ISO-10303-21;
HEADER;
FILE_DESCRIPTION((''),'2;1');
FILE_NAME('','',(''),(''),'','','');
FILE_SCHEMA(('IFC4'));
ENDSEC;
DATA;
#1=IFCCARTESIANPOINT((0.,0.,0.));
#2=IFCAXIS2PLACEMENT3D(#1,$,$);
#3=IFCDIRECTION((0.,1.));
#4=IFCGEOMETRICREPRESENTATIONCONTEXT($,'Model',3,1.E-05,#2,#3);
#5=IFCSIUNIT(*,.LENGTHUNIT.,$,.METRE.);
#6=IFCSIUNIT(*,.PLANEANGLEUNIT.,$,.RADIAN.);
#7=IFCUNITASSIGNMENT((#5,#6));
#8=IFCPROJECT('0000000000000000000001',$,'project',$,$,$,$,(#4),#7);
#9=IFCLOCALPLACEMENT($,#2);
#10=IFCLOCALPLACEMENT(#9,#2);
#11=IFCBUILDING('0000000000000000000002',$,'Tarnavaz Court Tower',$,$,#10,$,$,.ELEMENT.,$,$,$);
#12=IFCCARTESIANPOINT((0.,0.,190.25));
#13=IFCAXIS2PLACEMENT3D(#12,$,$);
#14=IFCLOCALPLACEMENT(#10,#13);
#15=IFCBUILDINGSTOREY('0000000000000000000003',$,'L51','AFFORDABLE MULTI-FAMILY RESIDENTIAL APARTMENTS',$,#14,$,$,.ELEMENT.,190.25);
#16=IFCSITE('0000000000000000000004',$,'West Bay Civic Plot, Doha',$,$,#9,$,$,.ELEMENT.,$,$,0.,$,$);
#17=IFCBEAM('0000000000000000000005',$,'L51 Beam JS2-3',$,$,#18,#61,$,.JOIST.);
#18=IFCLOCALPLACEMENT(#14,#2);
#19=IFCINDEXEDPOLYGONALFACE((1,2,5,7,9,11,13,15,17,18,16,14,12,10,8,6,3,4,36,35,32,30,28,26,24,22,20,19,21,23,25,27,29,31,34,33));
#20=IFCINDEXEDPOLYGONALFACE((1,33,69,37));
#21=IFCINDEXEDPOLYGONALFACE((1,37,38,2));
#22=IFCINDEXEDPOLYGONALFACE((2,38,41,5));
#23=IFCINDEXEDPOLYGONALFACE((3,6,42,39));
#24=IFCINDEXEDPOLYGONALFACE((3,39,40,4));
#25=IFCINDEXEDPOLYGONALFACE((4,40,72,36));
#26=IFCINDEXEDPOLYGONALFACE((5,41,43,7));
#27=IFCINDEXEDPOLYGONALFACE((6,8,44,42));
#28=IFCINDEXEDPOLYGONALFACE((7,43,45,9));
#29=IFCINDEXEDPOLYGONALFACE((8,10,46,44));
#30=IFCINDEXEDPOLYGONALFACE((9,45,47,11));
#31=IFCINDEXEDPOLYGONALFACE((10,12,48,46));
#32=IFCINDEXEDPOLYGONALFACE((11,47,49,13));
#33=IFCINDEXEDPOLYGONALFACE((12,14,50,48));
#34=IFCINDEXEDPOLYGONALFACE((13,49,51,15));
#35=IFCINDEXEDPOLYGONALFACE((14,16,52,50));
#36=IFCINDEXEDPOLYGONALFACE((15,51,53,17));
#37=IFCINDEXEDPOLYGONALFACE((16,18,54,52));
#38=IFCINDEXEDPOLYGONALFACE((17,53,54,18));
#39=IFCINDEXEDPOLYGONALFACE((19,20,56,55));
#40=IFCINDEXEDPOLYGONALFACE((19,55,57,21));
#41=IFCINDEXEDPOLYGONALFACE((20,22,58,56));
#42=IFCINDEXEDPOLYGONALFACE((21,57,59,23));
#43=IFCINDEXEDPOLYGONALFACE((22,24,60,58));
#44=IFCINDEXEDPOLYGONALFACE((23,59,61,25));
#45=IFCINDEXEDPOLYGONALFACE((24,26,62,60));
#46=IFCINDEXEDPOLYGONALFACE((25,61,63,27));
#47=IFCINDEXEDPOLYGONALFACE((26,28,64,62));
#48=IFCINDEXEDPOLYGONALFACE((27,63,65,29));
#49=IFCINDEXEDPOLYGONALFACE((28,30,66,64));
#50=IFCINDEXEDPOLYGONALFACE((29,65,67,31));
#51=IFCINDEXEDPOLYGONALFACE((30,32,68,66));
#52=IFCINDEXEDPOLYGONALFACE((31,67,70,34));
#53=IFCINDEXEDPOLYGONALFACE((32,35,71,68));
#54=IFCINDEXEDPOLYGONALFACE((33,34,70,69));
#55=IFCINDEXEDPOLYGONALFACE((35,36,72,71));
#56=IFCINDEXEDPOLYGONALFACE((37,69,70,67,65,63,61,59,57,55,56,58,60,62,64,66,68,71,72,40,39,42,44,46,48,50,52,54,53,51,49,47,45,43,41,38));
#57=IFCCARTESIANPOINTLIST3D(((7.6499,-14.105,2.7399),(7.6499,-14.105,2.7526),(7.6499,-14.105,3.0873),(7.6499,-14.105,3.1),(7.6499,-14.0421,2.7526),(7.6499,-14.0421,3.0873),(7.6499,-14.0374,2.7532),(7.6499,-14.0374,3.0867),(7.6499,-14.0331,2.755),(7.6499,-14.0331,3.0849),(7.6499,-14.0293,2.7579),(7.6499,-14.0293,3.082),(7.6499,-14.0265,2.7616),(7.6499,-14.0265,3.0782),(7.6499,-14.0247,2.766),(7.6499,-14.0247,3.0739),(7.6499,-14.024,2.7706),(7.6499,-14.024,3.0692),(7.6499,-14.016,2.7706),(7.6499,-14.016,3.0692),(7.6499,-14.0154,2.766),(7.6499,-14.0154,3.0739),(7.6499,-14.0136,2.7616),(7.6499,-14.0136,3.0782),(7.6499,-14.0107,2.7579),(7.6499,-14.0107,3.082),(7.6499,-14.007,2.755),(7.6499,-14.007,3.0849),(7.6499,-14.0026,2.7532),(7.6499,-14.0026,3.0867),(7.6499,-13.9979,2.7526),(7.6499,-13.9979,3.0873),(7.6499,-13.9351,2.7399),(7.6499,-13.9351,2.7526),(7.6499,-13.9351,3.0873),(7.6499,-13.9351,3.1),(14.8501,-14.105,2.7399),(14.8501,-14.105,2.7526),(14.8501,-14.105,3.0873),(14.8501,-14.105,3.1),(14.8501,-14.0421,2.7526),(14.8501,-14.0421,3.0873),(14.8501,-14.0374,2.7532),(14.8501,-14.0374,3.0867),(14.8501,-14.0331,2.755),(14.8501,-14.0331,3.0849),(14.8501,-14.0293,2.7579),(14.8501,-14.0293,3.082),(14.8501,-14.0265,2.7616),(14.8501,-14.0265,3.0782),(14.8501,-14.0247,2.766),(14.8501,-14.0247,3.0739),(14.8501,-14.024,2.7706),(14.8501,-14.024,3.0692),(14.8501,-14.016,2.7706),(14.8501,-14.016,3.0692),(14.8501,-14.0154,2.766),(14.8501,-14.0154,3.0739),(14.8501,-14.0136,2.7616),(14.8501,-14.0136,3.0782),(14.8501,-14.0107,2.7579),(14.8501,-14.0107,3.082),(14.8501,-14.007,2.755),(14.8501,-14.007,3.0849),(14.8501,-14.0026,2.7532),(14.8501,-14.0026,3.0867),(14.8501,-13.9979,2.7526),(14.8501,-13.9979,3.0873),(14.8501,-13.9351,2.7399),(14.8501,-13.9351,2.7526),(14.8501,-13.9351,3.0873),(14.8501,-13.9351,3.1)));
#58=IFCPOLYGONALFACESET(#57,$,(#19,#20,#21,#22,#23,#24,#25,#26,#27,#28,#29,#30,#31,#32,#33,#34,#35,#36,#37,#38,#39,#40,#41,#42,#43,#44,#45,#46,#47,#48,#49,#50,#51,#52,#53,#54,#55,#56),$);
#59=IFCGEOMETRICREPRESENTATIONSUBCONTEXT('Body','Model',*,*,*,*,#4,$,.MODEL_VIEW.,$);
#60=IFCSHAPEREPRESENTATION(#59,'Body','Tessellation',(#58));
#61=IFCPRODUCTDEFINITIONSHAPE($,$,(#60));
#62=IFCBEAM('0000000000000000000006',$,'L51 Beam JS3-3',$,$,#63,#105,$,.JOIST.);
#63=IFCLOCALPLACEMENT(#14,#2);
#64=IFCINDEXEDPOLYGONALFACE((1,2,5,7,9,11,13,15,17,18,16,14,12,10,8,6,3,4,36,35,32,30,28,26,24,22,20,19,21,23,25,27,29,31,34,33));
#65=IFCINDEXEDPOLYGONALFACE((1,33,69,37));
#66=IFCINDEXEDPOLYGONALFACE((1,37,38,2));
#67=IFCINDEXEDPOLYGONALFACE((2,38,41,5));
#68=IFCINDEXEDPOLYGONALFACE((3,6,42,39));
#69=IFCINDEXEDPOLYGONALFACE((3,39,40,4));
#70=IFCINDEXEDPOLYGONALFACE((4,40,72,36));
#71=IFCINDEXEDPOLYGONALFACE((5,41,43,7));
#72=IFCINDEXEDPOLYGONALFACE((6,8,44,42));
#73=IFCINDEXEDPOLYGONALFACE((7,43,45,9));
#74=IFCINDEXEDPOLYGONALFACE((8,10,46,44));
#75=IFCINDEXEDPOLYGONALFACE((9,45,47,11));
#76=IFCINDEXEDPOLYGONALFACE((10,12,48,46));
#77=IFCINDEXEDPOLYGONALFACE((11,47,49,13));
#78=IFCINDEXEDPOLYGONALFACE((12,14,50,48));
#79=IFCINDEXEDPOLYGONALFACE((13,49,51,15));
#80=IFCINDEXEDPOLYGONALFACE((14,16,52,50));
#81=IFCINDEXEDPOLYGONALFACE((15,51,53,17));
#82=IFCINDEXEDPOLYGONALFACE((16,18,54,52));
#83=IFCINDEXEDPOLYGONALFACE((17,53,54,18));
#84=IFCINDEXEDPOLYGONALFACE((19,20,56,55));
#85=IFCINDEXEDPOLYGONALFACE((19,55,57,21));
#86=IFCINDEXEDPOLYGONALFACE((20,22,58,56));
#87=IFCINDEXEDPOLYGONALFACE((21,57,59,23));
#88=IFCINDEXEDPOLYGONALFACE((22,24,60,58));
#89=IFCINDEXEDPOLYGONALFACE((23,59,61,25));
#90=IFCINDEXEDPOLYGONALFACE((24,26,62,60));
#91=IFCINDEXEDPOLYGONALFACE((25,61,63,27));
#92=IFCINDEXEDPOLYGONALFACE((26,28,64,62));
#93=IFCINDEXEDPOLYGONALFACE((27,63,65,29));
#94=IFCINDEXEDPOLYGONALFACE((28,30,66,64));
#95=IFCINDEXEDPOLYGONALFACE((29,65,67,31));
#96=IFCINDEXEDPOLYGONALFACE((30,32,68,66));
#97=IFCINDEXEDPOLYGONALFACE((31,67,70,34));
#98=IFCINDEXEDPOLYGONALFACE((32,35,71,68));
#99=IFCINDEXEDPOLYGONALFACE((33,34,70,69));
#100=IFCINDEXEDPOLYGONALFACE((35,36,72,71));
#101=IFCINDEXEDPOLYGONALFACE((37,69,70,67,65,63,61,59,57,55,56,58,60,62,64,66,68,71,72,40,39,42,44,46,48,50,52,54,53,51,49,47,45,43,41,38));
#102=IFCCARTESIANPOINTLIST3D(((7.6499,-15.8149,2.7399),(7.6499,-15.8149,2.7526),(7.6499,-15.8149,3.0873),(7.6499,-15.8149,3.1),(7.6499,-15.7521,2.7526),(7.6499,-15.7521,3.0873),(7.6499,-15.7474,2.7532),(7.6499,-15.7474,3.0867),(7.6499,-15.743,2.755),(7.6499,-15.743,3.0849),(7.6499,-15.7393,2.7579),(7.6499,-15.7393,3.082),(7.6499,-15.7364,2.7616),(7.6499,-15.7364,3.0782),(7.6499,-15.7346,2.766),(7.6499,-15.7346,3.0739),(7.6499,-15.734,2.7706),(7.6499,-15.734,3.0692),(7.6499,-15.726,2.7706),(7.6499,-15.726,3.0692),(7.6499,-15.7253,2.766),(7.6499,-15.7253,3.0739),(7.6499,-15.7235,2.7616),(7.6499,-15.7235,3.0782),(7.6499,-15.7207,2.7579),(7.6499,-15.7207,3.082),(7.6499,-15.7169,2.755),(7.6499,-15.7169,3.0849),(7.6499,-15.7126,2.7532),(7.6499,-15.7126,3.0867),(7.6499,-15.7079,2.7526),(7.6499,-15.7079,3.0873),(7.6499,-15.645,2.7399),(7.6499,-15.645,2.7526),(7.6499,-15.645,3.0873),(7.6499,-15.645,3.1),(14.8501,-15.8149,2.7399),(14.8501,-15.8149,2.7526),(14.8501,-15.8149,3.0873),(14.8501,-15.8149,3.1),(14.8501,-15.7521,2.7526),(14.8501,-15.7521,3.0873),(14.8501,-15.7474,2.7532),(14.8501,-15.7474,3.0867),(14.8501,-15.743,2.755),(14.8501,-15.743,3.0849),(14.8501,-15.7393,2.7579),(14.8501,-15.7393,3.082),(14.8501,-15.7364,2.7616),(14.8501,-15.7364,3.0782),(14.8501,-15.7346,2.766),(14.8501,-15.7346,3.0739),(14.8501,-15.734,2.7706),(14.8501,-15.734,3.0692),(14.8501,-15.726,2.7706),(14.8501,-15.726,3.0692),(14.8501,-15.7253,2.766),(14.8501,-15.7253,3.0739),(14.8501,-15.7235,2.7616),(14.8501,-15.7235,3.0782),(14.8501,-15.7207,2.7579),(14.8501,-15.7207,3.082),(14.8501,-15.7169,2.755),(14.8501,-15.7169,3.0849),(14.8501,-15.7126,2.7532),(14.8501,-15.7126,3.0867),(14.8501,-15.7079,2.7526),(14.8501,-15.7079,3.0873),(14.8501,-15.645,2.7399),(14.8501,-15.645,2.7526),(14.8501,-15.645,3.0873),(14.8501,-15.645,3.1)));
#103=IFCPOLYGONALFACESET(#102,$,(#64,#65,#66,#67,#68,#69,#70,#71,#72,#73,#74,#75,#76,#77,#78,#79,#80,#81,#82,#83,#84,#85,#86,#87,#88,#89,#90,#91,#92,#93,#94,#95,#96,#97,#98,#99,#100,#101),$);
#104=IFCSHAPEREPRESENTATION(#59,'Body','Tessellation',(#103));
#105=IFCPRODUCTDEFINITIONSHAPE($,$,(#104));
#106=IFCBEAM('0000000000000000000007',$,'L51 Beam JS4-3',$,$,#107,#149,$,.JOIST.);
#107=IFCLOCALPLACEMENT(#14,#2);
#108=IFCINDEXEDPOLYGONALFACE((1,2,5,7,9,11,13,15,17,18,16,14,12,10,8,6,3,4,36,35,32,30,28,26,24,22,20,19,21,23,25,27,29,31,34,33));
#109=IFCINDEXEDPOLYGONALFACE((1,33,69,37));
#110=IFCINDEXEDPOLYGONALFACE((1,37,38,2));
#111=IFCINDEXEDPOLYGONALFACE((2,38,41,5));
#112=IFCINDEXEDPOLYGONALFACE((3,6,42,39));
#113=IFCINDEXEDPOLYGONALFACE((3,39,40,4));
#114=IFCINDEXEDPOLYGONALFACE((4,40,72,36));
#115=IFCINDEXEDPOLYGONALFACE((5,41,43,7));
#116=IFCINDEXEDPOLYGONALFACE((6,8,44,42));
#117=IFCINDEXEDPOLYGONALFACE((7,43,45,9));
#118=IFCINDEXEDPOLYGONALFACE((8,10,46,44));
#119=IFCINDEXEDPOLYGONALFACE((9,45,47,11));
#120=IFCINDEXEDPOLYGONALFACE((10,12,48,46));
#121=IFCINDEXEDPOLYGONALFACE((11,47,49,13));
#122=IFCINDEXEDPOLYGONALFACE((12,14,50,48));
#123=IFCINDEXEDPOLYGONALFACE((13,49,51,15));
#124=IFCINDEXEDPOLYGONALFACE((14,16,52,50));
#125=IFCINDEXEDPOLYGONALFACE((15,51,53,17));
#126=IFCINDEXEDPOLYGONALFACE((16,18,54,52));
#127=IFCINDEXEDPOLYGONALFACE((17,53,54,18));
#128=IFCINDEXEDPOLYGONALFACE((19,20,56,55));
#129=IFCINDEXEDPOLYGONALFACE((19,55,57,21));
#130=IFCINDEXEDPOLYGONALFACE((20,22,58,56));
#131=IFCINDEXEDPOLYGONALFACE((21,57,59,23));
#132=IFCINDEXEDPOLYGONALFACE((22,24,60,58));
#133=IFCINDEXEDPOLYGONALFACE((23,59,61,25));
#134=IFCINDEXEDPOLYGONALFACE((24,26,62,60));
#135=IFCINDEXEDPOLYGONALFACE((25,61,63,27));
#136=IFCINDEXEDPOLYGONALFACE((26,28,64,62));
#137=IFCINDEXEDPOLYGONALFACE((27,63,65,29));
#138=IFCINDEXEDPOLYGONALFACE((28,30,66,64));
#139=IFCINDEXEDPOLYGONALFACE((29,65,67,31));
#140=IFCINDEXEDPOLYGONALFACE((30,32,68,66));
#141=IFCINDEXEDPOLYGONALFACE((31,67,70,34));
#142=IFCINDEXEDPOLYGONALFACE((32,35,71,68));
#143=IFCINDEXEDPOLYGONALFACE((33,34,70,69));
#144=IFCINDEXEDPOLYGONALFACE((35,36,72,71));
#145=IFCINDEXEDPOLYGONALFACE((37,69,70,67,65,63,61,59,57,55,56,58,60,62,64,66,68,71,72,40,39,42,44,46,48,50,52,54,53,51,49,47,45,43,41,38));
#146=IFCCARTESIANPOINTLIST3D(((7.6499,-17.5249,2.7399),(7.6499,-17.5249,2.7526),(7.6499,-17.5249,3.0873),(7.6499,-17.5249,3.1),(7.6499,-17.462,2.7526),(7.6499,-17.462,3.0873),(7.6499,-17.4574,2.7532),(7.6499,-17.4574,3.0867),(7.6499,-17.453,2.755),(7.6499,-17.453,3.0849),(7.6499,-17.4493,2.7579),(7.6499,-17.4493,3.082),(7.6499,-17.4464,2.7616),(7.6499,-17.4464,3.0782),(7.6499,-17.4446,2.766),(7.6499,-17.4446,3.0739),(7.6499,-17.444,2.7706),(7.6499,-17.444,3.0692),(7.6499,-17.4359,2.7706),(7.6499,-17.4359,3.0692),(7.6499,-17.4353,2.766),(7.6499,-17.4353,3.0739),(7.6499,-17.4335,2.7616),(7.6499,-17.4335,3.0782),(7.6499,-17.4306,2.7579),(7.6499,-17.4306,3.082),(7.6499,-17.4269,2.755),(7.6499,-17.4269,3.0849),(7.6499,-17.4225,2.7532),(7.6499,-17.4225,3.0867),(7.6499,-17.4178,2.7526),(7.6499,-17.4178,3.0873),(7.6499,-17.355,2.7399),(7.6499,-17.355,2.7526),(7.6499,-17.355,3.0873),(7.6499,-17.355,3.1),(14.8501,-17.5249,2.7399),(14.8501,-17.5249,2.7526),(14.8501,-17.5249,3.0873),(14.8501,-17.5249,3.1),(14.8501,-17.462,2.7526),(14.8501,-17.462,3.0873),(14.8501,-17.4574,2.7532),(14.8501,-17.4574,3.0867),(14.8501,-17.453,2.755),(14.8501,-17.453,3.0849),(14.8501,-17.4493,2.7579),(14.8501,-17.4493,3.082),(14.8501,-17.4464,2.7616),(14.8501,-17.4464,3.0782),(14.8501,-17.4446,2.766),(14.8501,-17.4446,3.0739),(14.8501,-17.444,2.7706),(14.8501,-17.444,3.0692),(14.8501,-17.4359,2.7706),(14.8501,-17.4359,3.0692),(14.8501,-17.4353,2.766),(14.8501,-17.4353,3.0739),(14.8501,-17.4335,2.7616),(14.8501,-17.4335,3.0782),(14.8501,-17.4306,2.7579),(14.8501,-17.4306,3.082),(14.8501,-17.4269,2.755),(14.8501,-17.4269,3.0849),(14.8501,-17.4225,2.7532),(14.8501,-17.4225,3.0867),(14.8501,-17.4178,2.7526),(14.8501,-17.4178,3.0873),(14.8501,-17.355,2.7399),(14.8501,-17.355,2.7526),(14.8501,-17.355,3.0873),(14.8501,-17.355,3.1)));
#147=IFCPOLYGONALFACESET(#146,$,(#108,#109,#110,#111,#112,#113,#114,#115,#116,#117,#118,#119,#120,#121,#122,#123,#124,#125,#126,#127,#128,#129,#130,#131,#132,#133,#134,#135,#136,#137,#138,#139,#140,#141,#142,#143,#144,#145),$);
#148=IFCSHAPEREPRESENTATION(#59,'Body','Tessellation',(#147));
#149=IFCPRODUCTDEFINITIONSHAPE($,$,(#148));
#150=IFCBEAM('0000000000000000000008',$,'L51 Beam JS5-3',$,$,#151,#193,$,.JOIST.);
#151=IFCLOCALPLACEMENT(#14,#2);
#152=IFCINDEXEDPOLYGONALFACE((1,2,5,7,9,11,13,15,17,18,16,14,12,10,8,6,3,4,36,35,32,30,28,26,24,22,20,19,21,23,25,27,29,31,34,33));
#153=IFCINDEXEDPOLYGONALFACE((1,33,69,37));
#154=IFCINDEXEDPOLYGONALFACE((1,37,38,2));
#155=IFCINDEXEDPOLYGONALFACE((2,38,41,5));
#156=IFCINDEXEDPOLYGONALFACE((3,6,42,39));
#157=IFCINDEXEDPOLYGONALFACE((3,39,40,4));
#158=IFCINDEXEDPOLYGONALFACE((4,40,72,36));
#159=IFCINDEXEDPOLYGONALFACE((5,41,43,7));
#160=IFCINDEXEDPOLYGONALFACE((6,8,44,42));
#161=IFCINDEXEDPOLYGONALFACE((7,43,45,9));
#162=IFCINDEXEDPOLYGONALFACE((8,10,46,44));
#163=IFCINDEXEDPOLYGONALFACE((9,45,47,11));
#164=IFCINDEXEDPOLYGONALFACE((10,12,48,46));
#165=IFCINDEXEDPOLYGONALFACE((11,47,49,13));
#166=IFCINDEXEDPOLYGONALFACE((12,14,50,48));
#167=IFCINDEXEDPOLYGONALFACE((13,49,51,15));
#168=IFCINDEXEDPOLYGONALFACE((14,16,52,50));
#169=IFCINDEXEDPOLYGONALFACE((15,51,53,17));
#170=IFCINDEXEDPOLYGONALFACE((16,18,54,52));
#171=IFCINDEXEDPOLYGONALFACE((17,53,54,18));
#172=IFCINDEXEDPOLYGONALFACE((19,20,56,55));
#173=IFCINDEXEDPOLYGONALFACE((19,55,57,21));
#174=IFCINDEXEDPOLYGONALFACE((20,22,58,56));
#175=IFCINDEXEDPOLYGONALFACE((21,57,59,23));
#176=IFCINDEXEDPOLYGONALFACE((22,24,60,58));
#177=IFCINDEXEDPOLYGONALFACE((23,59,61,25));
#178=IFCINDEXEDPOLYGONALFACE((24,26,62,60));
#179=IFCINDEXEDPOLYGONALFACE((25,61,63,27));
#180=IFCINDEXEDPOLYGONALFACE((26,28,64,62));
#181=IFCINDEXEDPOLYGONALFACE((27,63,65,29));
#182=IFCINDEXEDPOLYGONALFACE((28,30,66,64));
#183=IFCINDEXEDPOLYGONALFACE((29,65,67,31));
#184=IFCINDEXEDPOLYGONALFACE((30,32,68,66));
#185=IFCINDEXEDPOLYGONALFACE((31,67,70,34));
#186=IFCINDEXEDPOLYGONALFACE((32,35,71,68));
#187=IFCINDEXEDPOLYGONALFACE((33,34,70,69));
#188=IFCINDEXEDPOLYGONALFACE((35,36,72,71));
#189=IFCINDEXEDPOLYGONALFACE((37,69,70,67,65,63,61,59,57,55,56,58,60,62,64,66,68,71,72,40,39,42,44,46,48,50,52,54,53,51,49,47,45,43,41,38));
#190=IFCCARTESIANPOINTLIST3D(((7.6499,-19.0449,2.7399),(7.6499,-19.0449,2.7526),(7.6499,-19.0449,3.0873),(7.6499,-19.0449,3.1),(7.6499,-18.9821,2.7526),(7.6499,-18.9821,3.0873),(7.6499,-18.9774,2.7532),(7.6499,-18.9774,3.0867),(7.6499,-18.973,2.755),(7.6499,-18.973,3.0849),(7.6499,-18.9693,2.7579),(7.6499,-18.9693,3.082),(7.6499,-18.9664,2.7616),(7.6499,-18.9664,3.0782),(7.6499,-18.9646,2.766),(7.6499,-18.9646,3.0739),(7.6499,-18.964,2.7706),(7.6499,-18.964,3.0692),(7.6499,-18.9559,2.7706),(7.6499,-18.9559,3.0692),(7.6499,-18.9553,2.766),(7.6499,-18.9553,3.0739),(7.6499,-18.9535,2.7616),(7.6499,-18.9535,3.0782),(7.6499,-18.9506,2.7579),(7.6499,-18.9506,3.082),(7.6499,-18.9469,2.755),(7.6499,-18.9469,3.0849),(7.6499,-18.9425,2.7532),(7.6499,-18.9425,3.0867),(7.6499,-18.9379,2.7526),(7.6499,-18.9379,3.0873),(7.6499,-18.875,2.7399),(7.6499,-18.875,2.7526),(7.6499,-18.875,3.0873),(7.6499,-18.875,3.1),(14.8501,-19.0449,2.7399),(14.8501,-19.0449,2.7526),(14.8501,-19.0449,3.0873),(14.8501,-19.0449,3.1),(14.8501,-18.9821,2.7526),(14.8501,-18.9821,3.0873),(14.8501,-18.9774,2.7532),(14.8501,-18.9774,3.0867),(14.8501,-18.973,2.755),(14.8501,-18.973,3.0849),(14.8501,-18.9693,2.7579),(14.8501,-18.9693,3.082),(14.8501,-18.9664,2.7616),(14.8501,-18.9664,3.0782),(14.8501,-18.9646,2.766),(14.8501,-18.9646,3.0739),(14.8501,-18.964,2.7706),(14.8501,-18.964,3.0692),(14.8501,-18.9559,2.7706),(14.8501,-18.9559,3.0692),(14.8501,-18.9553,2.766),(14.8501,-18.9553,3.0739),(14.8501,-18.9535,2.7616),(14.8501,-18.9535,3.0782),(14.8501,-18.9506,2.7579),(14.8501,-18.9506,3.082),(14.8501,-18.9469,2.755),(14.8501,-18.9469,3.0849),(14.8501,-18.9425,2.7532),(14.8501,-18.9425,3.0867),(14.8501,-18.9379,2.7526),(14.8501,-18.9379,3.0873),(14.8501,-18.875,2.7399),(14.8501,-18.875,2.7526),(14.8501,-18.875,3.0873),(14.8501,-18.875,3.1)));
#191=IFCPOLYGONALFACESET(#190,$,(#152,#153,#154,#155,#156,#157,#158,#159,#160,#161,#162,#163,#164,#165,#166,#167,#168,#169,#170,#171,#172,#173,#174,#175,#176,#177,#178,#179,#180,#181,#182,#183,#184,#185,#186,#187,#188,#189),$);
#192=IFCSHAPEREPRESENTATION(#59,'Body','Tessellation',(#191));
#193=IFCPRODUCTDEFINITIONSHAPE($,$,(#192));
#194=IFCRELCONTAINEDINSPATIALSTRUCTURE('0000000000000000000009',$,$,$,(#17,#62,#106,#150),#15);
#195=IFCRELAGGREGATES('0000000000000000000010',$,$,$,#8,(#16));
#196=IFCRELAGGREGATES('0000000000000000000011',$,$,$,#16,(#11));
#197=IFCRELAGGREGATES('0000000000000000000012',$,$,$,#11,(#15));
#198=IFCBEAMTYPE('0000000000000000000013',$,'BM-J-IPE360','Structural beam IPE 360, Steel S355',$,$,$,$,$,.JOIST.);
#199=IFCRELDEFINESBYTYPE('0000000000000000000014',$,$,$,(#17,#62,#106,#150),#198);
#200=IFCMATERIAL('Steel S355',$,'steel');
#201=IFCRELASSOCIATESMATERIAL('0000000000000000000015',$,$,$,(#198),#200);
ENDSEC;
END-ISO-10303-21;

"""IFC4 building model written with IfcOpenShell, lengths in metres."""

from ifc_helpers import new_model, si_unit, direction, frame, origin, origin_2d, place, context, subcontext, project, spatial, i_section, extrude, material, material_profile, profile_set, type_object, element, save


model = new_model("IFC4")

# Units and contexts
model_context = context("Model", 3, precision=1e-05, world=origin(), true_north=direction((0.0, 1.0)))
body_context = subcontext(model_context, "Body", "Model", "MODEL_VIEW")
ifc_project = project(units=[si_unit("LENGTHUNIT", "METRE"), si_unit("PLANEANGLEUNIT", "RADIAN")], contexts=[model_context])

# Site, building, storey
site_placement = place(None, origin())
site = spatial("IfcSite", under=ifc_project, at=site_placement, Name="West Bay Civic Plot, Doha", CompositionType="ELEMENT", RefElevation=0.0)
building_placement = place(site_placement, origin())
building = spatial("IfcBuilding", under=site, at=building_placement, Name="Tarnavaz Court Tower", CompositionType="ELEMENT")
storey_placement = place(building_placement, frame((0.0, 0.0, 190.25)))
storey = spatial("IfcBuildingStorey", under=building, at=storey_placement, Name="L51", Description="AFFORDABLE MULTI-FAMILY RESIDENTIAL APARTMENTS", CompositionType="ELEMENT", Elevation=190.25)

# Beams
ifc_material_1 = material(Name="Steel S355", Category="steel")
ifc_material_profile_1 = material_profile(ifc_material_1, i_section(OverallWidth=0.1699, OverallDepth=0.3601, WebThickness=0.0081, FlangeThickness=0.0127, FilletRadius=0.0181, at=origin_2d()), Name="IPE 360")
ifc_profile_set_1 = profile_set([ifc_material_profile_1], Name="Steel S355")
beam_type_1 = type_object("IfcBeamType", Name="BM-J-IPE360", Description="Structural beam IPE 360, Steel S355", PredefinedType="JOIST", material=ifc_profile_set_1)
for number, where, z_axis, x_axis, name in (
    (1, (7.6499, -14.02, 2.9199), (1.0, 0.0, 0.0), (0.0, 1.0, 0.0), "L51 Beam JS2-3"),
    (2, (7.6499, -15.73, 2.9199), (1.0, 0.0, 0.0), (0.0, 1.0, 0.0), "L51 Beam JS3-3"),
    (3, (7.6499, -17.4399, 2.9199), (1.0, 0.0, 0.0), (0.0, 1.0, 0.0), "L51 Beam JS4-3"),
    (4, (7.6499, -18.96, 2.9199), (1.0, 0.0, 0.0), (0.0, 1.0, 0.0), "L51 Beam JS5-3"),
):
    element("IfcBeam", number, at=place(storey_placement, frame(where, z_axis=z_axis, x_axis=x_axis)), inside=storey, type_object=beam_type_1, Name=name, PredefinedType="JOIST", context=body_context, shape_type="SweptSolid", body=[
        extrude(i_section(OverallWidth=0.1699, OverallDepth=0.3601, WebThickness=0.0081, FlangeThickness=0.0127, FilletRadius=0.0181, at=origin_2d()), origin(), (0.0, 0.0, 1.0), 7.2002),
    ])

save(model, "model.ifc")
